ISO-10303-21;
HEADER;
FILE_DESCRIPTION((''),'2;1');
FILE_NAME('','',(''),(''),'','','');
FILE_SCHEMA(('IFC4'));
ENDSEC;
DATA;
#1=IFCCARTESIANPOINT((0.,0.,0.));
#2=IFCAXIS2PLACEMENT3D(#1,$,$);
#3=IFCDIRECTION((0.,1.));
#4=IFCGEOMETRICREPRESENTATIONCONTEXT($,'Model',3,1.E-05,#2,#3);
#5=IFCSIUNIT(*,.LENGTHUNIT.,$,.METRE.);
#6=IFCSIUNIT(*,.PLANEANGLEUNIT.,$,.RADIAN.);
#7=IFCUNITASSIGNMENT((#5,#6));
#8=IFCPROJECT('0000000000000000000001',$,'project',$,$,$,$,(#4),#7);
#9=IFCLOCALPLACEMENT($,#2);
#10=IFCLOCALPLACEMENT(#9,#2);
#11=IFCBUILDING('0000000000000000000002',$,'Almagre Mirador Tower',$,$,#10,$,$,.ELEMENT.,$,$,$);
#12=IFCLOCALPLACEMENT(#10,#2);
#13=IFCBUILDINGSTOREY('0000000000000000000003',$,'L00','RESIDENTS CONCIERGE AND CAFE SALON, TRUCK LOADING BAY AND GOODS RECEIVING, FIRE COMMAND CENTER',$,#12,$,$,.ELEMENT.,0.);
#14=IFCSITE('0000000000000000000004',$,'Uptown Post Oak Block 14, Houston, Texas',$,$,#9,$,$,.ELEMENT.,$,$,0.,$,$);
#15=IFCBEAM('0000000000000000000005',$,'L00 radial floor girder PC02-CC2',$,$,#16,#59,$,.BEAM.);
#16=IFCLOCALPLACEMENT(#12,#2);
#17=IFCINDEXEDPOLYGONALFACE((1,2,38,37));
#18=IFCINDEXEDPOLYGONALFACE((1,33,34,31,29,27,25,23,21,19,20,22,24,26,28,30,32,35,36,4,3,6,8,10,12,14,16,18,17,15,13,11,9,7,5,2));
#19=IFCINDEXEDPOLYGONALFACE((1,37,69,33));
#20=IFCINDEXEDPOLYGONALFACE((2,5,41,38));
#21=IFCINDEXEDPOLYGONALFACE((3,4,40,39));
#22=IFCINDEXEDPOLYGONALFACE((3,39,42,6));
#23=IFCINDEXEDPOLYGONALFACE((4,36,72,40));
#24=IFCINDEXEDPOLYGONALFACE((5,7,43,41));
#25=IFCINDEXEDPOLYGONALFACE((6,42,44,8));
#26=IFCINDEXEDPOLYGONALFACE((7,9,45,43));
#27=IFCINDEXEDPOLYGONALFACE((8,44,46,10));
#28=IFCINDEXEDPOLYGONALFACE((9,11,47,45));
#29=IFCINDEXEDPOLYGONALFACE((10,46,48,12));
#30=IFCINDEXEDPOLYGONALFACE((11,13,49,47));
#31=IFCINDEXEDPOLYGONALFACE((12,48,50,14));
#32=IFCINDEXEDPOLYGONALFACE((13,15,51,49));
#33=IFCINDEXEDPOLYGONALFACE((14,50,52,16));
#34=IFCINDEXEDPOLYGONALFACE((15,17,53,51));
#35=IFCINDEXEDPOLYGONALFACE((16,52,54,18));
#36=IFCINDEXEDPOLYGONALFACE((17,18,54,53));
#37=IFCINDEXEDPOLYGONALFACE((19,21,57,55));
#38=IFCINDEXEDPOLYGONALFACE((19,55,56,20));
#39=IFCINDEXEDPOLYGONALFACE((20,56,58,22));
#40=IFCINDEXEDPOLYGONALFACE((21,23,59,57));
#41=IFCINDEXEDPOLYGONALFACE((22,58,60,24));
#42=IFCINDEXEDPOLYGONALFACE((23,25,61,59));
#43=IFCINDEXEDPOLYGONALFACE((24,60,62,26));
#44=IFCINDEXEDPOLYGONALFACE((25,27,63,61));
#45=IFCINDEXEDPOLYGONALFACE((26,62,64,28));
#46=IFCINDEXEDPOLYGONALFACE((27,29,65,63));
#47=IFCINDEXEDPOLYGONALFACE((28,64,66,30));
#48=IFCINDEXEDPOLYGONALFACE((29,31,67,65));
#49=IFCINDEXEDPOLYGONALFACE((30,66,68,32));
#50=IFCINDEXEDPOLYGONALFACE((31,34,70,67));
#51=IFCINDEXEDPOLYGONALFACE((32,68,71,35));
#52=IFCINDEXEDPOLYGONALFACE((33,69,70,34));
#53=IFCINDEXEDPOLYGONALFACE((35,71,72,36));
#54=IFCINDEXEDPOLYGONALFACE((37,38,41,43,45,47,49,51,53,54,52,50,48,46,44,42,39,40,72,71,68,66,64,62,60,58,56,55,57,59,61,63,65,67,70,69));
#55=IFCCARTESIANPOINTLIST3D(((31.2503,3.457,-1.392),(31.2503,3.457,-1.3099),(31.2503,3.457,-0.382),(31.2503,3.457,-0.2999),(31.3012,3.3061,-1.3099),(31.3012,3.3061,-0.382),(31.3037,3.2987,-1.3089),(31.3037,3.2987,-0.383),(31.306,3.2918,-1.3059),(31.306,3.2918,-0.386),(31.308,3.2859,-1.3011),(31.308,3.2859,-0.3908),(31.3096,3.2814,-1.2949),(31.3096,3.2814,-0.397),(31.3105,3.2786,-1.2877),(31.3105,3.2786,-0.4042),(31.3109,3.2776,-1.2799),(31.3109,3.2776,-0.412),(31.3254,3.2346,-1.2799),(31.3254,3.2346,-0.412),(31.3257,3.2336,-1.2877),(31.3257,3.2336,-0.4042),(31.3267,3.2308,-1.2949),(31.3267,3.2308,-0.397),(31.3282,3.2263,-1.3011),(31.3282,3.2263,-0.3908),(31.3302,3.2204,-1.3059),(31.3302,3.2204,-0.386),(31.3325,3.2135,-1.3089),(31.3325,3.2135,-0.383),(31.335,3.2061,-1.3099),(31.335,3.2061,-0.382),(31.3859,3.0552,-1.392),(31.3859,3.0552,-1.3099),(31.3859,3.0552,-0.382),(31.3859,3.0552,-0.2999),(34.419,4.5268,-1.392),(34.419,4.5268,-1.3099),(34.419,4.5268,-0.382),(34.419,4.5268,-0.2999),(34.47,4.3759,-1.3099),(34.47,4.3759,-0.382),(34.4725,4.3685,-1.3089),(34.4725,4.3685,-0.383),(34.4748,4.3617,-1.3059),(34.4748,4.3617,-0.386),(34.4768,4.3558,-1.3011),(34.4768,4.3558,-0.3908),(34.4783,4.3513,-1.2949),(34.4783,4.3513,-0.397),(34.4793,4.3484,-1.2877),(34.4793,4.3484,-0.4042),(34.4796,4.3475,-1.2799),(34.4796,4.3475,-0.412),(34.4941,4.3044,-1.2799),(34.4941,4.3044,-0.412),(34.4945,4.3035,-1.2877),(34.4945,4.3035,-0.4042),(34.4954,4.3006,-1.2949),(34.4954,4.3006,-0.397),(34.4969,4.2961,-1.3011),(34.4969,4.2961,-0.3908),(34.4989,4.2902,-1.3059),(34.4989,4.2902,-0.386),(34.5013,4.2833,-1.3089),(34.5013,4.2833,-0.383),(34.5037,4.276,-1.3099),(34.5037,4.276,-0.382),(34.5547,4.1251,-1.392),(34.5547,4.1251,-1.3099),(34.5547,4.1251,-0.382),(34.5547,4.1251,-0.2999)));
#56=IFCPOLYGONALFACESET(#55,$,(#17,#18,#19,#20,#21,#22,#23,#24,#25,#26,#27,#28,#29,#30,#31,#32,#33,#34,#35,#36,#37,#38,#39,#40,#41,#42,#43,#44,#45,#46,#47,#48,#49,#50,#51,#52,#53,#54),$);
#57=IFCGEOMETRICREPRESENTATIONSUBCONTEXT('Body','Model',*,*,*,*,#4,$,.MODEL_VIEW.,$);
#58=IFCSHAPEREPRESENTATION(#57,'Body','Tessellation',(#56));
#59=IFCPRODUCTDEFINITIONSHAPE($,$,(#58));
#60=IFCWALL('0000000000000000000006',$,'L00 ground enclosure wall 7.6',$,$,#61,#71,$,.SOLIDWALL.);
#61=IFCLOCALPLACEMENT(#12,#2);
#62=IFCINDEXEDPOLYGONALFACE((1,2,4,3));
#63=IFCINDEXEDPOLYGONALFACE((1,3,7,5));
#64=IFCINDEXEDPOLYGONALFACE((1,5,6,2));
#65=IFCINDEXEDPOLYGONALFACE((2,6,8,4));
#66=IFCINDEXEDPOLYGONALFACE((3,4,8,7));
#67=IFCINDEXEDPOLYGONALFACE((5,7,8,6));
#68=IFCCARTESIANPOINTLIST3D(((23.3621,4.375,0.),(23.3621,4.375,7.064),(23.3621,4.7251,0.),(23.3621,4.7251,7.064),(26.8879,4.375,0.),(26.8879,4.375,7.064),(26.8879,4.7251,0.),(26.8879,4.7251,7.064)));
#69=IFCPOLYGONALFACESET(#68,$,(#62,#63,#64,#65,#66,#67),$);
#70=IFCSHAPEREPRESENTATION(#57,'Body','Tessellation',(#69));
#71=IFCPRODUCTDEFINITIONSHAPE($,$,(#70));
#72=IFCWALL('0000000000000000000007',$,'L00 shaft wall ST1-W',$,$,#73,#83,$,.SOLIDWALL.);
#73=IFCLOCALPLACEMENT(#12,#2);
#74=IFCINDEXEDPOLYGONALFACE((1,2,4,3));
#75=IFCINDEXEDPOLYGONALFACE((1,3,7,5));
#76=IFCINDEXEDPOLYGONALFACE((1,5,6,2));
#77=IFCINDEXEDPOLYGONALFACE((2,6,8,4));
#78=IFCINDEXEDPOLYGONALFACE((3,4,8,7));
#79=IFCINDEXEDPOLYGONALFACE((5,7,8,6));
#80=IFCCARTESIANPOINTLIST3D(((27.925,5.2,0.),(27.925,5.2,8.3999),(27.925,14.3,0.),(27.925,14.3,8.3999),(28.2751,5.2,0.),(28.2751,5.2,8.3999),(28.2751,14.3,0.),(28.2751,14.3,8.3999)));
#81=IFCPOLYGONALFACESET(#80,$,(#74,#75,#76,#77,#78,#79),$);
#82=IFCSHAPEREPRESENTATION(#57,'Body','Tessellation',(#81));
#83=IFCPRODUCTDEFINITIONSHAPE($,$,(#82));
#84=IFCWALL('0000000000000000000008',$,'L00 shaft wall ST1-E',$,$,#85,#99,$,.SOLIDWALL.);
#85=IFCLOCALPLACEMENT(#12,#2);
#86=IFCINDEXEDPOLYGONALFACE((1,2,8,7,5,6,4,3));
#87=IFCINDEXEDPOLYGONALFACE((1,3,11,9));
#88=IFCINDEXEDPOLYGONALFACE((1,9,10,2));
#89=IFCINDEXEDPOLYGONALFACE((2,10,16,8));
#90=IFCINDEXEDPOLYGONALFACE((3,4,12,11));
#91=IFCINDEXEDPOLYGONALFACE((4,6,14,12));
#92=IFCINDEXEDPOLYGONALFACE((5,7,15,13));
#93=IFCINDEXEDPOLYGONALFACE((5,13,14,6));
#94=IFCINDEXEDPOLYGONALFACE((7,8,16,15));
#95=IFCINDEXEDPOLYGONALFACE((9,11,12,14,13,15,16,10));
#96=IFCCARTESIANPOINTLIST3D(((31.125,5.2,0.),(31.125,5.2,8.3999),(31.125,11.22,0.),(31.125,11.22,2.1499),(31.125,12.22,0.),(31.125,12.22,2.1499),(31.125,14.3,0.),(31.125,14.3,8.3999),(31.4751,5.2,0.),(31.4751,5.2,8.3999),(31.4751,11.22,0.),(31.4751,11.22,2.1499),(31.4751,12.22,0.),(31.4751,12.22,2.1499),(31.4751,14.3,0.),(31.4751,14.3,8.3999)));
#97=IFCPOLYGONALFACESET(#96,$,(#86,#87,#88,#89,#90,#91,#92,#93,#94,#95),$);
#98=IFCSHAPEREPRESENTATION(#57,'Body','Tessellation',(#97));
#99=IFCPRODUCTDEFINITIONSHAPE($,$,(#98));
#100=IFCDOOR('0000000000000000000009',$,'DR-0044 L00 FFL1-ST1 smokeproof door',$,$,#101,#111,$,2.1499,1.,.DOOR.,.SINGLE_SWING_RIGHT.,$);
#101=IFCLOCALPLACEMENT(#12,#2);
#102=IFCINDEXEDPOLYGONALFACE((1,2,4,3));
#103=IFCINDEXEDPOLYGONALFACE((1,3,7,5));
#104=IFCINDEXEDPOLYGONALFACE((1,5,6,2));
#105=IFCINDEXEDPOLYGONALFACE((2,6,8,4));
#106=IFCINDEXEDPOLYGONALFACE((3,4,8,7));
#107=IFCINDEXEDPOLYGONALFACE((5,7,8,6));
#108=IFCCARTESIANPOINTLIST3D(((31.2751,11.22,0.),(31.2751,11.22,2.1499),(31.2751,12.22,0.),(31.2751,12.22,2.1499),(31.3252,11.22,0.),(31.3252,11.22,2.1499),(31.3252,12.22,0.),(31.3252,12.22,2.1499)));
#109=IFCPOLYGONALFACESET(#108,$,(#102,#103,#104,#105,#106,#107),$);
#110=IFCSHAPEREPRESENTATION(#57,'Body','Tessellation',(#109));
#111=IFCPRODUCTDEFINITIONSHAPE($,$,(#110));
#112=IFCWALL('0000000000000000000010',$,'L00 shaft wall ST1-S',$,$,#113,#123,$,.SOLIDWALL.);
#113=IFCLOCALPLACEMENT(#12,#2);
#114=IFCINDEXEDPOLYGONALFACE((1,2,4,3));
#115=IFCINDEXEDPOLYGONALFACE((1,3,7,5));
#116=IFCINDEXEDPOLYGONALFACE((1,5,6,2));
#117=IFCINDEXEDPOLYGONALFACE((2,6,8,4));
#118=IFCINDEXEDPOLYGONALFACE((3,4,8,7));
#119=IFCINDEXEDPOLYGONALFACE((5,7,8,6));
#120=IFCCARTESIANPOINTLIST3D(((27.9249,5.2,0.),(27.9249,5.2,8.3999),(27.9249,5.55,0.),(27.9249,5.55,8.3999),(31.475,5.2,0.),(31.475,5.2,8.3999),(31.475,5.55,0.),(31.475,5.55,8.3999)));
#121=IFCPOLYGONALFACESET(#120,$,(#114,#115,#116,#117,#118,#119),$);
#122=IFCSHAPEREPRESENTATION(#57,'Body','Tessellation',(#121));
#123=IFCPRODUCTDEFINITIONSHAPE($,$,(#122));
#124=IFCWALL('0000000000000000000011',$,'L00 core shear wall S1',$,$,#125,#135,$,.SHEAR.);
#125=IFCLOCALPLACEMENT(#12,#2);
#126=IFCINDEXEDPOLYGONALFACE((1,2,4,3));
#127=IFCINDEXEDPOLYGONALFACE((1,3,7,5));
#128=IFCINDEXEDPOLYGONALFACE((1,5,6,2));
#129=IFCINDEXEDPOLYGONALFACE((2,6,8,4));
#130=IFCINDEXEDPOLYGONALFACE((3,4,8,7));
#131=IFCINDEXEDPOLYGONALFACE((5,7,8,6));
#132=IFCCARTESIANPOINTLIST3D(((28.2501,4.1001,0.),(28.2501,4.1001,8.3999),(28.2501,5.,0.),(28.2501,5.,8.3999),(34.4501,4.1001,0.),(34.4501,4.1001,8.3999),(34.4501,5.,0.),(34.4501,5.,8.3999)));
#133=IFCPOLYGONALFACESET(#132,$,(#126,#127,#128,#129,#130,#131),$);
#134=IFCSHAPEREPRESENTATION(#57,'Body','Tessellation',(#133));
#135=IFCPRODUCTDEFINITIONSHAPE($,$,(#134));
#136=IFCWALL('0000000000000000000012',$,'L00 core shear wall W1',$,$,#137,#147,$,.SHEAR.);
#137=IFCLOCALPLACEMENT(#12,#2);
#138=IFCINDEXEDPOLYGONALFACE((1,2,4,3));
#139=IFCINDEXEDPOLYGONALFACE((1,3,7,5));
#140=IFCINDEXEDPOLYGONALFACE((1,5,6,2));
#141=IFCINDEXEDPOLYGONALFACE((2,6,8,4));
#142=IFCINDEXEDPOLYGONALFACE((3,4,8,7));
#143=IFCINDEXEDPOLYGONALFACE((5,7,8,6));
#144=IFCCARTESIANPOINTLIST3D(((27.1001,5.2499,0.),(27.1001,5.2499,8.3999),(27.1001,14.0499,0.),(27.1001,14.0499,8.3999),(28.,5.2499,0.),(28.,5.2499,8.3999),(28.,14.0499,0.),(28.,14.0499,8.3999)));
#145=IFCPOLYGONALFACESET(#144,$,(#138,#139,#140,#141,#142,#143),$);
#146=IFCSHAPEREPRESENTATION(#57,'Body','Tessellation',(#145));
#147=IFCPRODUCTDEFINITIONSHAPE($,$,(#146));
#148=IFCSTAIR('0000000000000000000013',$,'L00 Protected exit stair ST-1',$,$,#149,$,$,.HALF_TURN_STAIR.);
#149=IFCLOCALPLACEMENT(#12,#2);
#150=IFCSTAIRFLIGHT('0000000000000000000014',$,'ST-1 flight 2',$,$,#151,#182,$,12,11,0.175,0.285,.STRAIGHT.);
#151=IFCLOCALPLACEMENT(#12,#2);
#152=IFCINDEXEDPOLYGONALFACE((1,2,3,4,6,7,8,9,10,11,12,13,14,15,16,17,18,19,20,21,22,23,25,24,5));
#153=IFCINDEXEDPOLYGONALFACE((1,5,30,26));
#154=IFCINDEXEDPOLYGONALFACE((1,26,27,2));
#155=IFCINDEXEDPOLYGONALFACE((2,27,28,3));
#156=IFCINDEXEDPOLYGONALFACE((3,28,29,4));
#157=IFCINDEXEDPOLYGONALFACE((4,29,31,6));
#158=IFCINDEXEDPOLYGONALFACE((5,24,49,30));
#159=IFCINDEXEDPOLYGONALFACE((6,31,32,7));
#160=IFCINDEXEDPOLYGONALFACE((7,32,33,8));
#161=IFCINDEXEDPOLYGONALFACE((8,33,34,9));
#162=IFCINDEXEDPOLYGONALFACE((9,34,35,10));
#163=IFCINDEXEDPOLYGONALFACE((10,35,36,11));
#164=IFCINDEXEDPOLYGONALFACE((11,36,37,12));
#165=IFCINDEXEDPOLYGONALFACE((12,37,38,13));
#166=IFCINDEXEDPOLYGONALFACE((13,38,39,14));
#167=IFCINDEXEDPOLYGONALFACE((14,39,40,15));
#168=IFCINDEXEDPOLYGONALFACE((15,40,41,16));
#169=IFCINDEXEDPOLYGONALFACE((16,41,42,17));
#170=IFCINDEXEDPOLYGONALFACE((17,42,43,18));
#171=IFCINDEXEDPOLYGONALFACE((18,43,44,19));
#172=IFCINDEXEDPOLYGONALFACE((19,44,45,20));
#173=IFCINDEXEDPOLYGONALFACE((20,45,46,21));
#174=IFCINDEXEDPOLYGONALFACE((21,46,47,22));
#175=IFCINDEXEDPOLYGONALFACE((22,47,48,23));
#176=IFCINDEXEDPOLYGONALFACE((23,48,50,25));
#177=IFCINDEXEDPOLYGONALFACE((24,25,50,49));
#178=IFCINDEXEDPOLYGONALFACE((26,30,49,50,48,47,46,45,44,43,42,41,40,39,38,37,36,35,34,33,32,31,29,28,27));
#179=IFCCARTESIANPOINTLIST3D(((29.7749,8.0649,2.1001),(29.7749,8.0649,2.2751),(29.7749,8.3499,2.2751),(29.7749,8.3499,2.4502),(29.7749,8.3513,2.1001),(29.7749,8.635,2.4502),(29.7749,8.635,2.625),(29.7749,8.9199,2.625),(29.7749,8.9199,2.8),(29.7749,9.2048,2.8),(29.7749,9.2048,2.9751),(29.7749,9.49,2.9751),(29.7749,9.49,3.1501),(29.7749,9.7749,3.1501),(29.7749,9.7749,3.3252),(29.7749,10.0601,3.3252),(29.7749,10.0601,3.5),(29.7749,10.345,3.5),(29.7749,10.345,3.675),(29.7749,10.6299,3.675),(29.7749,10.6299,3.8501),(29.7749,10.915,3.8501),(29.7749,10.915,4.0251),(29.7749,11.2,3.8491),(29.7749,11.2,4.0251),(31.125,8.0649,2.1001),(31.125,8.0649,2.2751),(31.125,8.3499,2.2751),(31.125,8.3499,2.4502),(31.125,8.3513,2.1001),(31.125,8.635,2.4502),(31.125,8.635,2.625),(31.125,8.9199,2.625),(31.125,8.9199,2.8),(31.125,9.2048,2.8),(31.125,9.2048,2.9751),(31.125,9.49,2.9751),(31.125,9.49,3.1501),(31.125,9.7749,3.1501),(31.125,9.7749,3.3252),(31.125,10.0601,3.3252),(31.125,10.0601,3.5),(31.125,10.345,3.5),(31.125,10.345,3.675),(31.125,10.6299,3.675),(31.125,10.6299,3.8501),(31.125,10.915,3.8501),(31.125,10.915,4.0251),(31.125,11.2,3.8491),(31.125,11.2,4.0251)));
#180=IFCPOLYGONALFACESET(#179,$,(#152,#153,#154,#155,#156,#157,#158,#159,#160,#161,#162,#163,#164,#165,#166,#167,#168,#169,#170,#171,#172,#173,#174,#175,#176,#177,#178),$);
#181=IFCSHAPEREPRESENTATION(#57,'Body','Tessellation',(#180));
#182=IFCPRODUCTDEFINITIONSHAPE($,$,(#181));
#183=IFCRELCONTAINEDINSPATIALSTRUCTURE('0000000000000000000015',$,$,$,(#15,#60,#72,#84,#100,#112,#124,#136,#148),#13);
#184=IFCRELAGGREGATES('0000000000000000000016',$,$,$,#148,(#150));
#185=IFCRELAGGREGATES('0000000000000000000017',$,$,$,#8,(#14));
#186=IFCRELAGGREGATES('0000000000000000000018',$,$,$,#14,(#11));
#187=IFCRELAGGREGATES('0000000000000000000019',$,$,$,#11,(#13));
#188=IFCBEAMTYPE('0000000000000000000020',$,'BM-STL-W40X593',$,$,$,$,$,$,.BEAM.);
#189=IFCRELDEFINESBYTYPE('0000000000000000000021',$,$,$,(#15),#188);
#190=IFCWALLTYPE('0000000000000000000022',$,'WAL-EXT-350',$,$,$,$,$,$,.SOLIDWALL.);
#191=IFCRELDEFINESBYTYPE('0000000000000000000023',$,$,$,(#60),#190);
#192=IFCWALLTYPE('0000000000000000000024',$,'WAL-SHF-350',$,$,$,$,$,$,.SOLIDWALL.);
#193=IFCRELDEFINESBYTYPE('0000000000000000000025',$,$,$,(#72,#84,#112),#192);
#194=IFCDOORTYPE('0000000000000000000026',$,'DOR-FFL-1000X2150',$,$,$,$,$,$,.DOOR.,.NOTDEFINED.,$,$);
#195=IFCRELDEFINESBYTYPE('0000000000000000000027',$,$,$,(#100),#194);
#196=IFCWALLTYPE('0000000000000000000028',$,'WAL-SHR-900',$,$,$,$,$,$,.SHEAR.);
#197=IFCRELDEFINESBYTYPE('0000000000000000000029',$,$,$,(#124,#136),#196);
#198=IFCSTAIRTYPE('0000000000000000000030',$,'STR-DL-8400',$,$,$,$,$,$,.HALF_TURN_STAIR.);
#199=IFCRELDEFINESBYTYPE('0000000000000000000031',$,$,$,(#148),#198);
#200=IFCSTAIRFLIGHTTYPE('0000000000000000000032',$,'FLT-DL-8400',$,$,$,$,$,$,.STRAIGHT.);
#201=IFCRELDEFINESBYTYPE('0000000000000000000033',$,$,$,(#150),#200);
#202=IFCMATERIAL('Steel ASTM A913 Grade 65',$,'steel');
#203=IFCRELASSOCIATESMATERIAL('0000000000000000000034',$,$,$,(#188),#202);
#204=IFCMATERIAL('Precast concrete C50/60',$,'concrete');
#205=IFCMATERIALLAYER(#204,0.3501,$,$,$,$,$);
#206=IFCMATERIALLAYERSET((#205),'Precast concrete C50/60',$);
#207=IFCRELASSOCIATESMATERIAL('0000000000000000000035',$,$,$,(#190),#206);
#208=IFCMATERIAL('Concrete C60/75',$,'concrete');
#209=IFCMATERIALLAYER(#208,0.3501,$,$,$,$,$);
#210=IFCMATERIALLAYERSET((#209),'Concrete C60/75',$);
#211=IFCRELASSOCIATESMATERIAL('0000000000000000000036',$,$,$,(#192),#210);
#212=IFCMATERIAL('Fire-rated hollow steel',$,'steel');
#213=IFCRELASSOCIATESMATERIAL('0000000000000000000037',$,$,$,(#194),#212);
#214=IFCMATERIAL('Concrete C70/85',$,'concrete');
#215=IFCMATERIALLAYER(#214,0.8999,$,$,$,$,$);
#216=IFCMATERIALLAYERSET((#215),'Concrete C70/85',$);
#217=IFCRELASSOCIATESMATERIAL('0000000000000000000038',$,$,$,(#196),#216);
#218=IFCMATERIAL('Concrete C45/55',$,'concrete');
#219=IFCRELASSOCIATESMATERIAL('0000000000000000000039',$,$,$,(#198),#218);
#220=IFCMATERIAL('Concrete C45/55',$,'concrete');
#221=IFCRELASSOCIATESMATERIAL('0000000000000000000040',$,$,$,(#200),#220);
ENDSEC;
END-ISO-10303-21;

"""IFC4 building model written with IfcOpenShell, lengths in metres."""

from ifc_helpers import new_model, si_unit, direction, frame, frame_2d, origin, origin_2d, place, context, subcontext, project, spatial, polyline, rectangle, i_section, outline, extrude, material, layer, layer_set, material_profile, profile_set, type_object, element, fill, aggregate, save


model = new_model("IFC4")

# Units and contexts
model_context = context("Model", 3, precision=1e-05, world=origin(), true_north=direction((0.0, 1.0)))
body_context = subcontext(model_context, "Body", "Model", "MODEL_VIEW")
ifc_project = project(units=[si_unit("LENGTHUNIT", "METRE"), si_unit("PLANEANGLEUNIT", "RADIAN")], contexts=[model_context])

# Site, building, storey
site_placement = place(None, origin())
site = spatial("IfcSite", under=ifc_project, at=site_placement, Name="Uptown Post Oak Block 14, Houston, Texas", CompositionType="ELEMENT", RefElevation=0.0)
building_placement = place(site_placement, origin())
building = spatial("IfcBuilding", under=site, at=building_placement, Name="Almagre Mirador Tower", CompositionType="ELEMENT")
storey_placement = place(building_placement, origin())
storey = spatial("IfcBuildingStorey", under=building, at=storey_placement, Name="L00", Description="RESIDENTS CONCIERGE AND CAFE SALON, TRUCK LOADING BAY AND GOODS RECEIVING, FIRE COMMAND CENTER", CompositionType="ELEMENT", Elevation=0.0)

# Beam
ifc_material_1 = material(Name="Steel ASTM A913 Grade 65", Category="steel")
ifc_material_profile_1 = material_profile(ifc_material_1, i_section(OverallWidth=0.4241, OverallDepth=1.092, WebThickness=0.0454, FlangeThickness=0.082, FilletRadius=0.03, at=origin_2d()), Name="W40X593")
ifc_profile_set_1 = profile_set([ifc_material_profile_1], Name="Steel ASTM A913 Grade 65")
beam_type_1 = type_object("IfcBeamType", Name="BM-STL-W40X593", PredefinedType="BEAM", material=ifc_profile_set_1)
beam_1_placement = place(storey_placement, frame((31.3181, 3.2561, -0.8459), z_axis=(0.947457, 0.319883, 0.0), x_axis=(-0.319883, 0.947457, 0.0)))
element("IfcBeam", 1, at=beam_1_placement, inside=storey, type_object=beam_type_1, Name="L00 radial floor girder PC02-CC2", PredefinedType="BEAM", context=body_context, shape_type="SweptSolid", body=[
    extrude(i_section(OverallWidth=0.4241, OverallDepth=1.092, WebThickness=0.0454, FlangeThickness=0.082, FilletRadius=0.03, at=origin_2d()), origin(), (0.0, 0.0, 1.0), 3.3445),
])

# Walls
ifc_material_2 = material(Name="Precast concrete C50/60", Category="concrete")
ifc_layer_1 = layer(ifc_material_2, 0.3501)
ifc_layer_set_1 = layer_set([ifc_layer_1], Name="Precast concrete C50/60")
wall_type_1 = type_object("IfcWallType", Name="WAL-EXT-350", PredefinedType="SOLIDWALL", material=ifc_layer_set_1)
wall_1_placement = place(storey_placement, frame((26.8879, 4.55, 0.0), z_axis=(0.0, 0.0, 1.0), x_axis=(-1.0, 0.0, 0.0)))
element("IfcWall", 2, at=wall_1_placement, inside=storey, type_object=wall_type_1, Name="L00 ground enclosure wall 7.6", PredefinedType="SOLIDWALL", context=body_context, shape_type="SweptSolid", body=[
    extrude(rectangle(XDim=3.5259, YDim=0.3501, at=frame_2d((1.7629, 0.0))), origin(), (0.0, 0.0, 1.0), 7.064),
])
ifc_material_3 = material(Name="Concrete C60/75", Category="concrete")
ifc_layer_2 = layer(ifc_material_3, 0.3501)
ifc_layer_set_2 = layer_set([ifc_layer_2], Name="Concrete C60/75")
wall_type_2 = type_object("IfcWallType", Name="WAL-SHF-350", PredefinedType="SOLIDWALL", material=ifc_layer_set_2)
wall_2_placement = place(storey_placement, frame((28.1001, 5.2, 0.0), z_axis=(0.0, 0.0, 1.0), x_axis=(0.0, 1.0, 0.0)))
element("IfcWall", 3, at=wall_2_placement, inside=storey, type_object=wall_type_2, Name="L00 shaft wall ST1-W", PredefinedType="SOLIDWALL", context=body_context, shape_type="SweptSolid", body=[
    extrude(rectangle(XDim=9.1001, YDim=0.3501, at=frame_2d((4.55, 0.0))), origin(), (0.0, 0.0, 1.0), 8.3999),
])

# Wall, opening, door
wall_3_placement = place(storey_placement, frame((31.3, 5.2, 0.0), z_axis=(0.0, 0.0, 1.0), x_axis=(0.0, 1.0, 0.0)))
wall_3 = element("IfcWall", 4, at=wall_3_placement, inside=storey, type_object=wall_type_2, Name="L00 shaft wall ST1-E", PredefinedType="SOLIDWALL", context=body_context, shape_type="SweptSolid", body=[
    extrude(rectangle(XDim=9.1001, YDim=0.3501, at=frame_2d((4.55, 0.0))), origin(), (0.0, 0.0, 1.0), 8.3999),
])
opening_placement = place(wall_3_placement, frame((6.02, 0.0, 0.0)))
opening = element("IfcOpeningElement", 5, at=opening_placement, cuts=wall_3, PredefinedType="OPENING", context=body_context, shape_type="SweptSolid", body=[
    extrude(rectangle(XDim=1.0, YDim=2.1499, at=frame_2d((0.5, 1.075))), frame((0.0, 0.185, 0.0), z_axis=(0.0, -1.0, 0.0), x_axis=(1.0, 0.0, 0.0)), (0.0, 0.0, 1.0), 0.3701),
])
ifc_material_4 = material(Name="Fire-rated hollow steel", Category="steel")
door_type = type_object("IfcDoorType", Name="DOR-FFL-1000X2150", OperationType="NOTDEFINED", PredefinedType="DOOR", material=ifc_material_4)
door_placement = place(opening_placement, origin())
door = element("IfcDoor", 6, at=door_placement, inside=storey, type_object=door_type, Name="DR-0044 L00 FFL1-ST1 smokeproof door", OperationType="SINGLE_SWING_RIGHT", OverallHeight=2.1499, OverallWidth=1.0, PredefinedType="DOOR", context=body_context, shape_type="SweptSolid", body=[
    extrude(rectangle(XDim=1.0, YDim=2.1499, at=frame_2d((0.5, 1.075))), frame((0.0, 0.0249, 0.0), z_axis=(0.0, -1.0, 0.0), x_axis=(1.0, 0.0, 0.0)), (0.0, 0.0, 1.0), 0.05),
])
fill(opening, door)

# Walls
wall_4_placement = place(storey_placement, frame((27.925, 5.375, 0.0), z_axis=(0.0, 0.0, 1.0), x_axis=(1.0, 0.0, 0.0)))
element("IfcWall", 7, at=wall_4_placement, inside=storey, type_object=wall_type_2, Name="L00 shaft wall ST1-S", PredefinedType="SOLIDWALL", context=body_context, shape_type="SweptSolid", body=[
    extrude(rectangle(XDim=3.55, YDim=0.3501, at=frame_2d((1.7749, 0.0))), origin(), (0.0, 0.0, 1.0), 8.3999),
])
ifc_material_5 = material(Name="Concrete C70/85", Category="concrete")
ifc_layer_3 = layer(ifc_material_5, 0.8999)
ifc_layer_set_3 = layer_set([ifc_layer_3], Name="Concrete C70/85")
wall_type_3 = type_object("IfcWallType", Name="WAL-SHR-900", PredefinedType="SHEAR", material=ifc_layer_set_3)
wall_5_placement = place(storey_placement, frame((28.25, 4.55, 0.0), z_axis=(0.0, 0.0, 1.0), x_axis=(1.0, 0.0, 0.0)))
element("IfcWall", 8, at=wall_5_placement, inside=storey, type_object=wall_type_3, Name="L00 core shear wall S1", PredefinedType="SHEAR", context=body_context, shape_type="SweptSolid", body=[
    extrude(rectangle(XDim=6.2, YDim=0.8999, at=frame_2d((3.1001, 0.0))), origin(), (0.0, 0.0, 1.0), 8.3999),
])
wall_6_placement = place(storey_placement, frame((27.55, 5.25, 0.0), z_axis=(0.0, 0.0, 1.0), x_axis=(0.0, 1.0, 0.0)))
element("IfcWall", 9, at=wall_6_placement, inside=storey, type_object=wall_type_3, Name="L00 core shear wall W1", PredefinedType="SHEAR", context=body_context, shape_type="SweptSolid", body=[
    extrude(rectangle(XDim=8.8, YDim=0.8999, at=frame_2d((4.3999, 0.0))), origin(), (0.0, 0.0, 1.0), 8.3999),
])

# Stair, stair flight
ifc_material_6 = material(Name="Concrete C45/55", Category="concrete")
stair_type = type_object("IfcStairType", Name="STR-DL-8400", PredefinedType="HALF_TURN_STAIR", material=ifc_material_6)
stair_placement = place(storey_placement, origin())
stair = element("IfcStair", 10, at=stair_placement, inside=storey, type_object=stair_type, Name="L00 Protected exit stair ST-1", PredefinedType="HALF_TURN_STAIR")
ifc_material_7 = material(Name="Concrete C45/55", Category="concrete")
stair_flight_type = type_object("IfcStairFlightType", Name="FLT-DL-8400", PredefinedType="STRAIGHT", material=ifc_material_7)
stair_flight_1_placement = place(storey_placement, frame((30.45, 8.0649, 2.1001), z_axis=(0.0, 0.0, 1.0), x_axis=(0.0, 1.0, 0.0)))
stair_flight_1 = element("IfcStairFlight", 11, at=stair_flight_1_placement, type_object=stair_flight_type, Name="ST-1 flight 2", NumberOfRisers=12, NumberOfTreads=11, PredefinedType="STRAIGHT", RiserHeight=0.175, TreadLength=0.285, context=body_context, shape_type="SweptSolid", body=[
    extrude(outline(polyline([(0.0, 0.0), (0.0, 0.175), (0.2849, 0.175), (0.2849, 0.3501), (0.5701, 0.3501), (0.5701, 0.5249), (0.855, 0.5249), (0.855, 0.7), (1.1399, 0.7), (1.1399, 0.875), (1.425, 0.875), (1.425, 1.05), (1.71, 1.05), (1.71, 1.2251), (1.9951, 1.2251), (1.9951, 1.3999), (2.28, 1.3999), (2.28, 1.575), (2.5649, 1.575), (2.5649, 1.75), (2.8501, 1.75), (2.8501, 1.925), (3.135, 1.925), (3.135, 2.1001), (3.135, 1.749), (0.2864, 0.0), (0.0, 0.0)])), frame((0.0, 0.675, 0.0), z_axis=(0.0, -1.0, 0.0), x_axis=(1.0, 0.0, 0.0)), (0.0, 0.0, 1.0), 1.3501),
])
aggregate(stair, [stair_flight_1])

save(model, "model.ifc")
